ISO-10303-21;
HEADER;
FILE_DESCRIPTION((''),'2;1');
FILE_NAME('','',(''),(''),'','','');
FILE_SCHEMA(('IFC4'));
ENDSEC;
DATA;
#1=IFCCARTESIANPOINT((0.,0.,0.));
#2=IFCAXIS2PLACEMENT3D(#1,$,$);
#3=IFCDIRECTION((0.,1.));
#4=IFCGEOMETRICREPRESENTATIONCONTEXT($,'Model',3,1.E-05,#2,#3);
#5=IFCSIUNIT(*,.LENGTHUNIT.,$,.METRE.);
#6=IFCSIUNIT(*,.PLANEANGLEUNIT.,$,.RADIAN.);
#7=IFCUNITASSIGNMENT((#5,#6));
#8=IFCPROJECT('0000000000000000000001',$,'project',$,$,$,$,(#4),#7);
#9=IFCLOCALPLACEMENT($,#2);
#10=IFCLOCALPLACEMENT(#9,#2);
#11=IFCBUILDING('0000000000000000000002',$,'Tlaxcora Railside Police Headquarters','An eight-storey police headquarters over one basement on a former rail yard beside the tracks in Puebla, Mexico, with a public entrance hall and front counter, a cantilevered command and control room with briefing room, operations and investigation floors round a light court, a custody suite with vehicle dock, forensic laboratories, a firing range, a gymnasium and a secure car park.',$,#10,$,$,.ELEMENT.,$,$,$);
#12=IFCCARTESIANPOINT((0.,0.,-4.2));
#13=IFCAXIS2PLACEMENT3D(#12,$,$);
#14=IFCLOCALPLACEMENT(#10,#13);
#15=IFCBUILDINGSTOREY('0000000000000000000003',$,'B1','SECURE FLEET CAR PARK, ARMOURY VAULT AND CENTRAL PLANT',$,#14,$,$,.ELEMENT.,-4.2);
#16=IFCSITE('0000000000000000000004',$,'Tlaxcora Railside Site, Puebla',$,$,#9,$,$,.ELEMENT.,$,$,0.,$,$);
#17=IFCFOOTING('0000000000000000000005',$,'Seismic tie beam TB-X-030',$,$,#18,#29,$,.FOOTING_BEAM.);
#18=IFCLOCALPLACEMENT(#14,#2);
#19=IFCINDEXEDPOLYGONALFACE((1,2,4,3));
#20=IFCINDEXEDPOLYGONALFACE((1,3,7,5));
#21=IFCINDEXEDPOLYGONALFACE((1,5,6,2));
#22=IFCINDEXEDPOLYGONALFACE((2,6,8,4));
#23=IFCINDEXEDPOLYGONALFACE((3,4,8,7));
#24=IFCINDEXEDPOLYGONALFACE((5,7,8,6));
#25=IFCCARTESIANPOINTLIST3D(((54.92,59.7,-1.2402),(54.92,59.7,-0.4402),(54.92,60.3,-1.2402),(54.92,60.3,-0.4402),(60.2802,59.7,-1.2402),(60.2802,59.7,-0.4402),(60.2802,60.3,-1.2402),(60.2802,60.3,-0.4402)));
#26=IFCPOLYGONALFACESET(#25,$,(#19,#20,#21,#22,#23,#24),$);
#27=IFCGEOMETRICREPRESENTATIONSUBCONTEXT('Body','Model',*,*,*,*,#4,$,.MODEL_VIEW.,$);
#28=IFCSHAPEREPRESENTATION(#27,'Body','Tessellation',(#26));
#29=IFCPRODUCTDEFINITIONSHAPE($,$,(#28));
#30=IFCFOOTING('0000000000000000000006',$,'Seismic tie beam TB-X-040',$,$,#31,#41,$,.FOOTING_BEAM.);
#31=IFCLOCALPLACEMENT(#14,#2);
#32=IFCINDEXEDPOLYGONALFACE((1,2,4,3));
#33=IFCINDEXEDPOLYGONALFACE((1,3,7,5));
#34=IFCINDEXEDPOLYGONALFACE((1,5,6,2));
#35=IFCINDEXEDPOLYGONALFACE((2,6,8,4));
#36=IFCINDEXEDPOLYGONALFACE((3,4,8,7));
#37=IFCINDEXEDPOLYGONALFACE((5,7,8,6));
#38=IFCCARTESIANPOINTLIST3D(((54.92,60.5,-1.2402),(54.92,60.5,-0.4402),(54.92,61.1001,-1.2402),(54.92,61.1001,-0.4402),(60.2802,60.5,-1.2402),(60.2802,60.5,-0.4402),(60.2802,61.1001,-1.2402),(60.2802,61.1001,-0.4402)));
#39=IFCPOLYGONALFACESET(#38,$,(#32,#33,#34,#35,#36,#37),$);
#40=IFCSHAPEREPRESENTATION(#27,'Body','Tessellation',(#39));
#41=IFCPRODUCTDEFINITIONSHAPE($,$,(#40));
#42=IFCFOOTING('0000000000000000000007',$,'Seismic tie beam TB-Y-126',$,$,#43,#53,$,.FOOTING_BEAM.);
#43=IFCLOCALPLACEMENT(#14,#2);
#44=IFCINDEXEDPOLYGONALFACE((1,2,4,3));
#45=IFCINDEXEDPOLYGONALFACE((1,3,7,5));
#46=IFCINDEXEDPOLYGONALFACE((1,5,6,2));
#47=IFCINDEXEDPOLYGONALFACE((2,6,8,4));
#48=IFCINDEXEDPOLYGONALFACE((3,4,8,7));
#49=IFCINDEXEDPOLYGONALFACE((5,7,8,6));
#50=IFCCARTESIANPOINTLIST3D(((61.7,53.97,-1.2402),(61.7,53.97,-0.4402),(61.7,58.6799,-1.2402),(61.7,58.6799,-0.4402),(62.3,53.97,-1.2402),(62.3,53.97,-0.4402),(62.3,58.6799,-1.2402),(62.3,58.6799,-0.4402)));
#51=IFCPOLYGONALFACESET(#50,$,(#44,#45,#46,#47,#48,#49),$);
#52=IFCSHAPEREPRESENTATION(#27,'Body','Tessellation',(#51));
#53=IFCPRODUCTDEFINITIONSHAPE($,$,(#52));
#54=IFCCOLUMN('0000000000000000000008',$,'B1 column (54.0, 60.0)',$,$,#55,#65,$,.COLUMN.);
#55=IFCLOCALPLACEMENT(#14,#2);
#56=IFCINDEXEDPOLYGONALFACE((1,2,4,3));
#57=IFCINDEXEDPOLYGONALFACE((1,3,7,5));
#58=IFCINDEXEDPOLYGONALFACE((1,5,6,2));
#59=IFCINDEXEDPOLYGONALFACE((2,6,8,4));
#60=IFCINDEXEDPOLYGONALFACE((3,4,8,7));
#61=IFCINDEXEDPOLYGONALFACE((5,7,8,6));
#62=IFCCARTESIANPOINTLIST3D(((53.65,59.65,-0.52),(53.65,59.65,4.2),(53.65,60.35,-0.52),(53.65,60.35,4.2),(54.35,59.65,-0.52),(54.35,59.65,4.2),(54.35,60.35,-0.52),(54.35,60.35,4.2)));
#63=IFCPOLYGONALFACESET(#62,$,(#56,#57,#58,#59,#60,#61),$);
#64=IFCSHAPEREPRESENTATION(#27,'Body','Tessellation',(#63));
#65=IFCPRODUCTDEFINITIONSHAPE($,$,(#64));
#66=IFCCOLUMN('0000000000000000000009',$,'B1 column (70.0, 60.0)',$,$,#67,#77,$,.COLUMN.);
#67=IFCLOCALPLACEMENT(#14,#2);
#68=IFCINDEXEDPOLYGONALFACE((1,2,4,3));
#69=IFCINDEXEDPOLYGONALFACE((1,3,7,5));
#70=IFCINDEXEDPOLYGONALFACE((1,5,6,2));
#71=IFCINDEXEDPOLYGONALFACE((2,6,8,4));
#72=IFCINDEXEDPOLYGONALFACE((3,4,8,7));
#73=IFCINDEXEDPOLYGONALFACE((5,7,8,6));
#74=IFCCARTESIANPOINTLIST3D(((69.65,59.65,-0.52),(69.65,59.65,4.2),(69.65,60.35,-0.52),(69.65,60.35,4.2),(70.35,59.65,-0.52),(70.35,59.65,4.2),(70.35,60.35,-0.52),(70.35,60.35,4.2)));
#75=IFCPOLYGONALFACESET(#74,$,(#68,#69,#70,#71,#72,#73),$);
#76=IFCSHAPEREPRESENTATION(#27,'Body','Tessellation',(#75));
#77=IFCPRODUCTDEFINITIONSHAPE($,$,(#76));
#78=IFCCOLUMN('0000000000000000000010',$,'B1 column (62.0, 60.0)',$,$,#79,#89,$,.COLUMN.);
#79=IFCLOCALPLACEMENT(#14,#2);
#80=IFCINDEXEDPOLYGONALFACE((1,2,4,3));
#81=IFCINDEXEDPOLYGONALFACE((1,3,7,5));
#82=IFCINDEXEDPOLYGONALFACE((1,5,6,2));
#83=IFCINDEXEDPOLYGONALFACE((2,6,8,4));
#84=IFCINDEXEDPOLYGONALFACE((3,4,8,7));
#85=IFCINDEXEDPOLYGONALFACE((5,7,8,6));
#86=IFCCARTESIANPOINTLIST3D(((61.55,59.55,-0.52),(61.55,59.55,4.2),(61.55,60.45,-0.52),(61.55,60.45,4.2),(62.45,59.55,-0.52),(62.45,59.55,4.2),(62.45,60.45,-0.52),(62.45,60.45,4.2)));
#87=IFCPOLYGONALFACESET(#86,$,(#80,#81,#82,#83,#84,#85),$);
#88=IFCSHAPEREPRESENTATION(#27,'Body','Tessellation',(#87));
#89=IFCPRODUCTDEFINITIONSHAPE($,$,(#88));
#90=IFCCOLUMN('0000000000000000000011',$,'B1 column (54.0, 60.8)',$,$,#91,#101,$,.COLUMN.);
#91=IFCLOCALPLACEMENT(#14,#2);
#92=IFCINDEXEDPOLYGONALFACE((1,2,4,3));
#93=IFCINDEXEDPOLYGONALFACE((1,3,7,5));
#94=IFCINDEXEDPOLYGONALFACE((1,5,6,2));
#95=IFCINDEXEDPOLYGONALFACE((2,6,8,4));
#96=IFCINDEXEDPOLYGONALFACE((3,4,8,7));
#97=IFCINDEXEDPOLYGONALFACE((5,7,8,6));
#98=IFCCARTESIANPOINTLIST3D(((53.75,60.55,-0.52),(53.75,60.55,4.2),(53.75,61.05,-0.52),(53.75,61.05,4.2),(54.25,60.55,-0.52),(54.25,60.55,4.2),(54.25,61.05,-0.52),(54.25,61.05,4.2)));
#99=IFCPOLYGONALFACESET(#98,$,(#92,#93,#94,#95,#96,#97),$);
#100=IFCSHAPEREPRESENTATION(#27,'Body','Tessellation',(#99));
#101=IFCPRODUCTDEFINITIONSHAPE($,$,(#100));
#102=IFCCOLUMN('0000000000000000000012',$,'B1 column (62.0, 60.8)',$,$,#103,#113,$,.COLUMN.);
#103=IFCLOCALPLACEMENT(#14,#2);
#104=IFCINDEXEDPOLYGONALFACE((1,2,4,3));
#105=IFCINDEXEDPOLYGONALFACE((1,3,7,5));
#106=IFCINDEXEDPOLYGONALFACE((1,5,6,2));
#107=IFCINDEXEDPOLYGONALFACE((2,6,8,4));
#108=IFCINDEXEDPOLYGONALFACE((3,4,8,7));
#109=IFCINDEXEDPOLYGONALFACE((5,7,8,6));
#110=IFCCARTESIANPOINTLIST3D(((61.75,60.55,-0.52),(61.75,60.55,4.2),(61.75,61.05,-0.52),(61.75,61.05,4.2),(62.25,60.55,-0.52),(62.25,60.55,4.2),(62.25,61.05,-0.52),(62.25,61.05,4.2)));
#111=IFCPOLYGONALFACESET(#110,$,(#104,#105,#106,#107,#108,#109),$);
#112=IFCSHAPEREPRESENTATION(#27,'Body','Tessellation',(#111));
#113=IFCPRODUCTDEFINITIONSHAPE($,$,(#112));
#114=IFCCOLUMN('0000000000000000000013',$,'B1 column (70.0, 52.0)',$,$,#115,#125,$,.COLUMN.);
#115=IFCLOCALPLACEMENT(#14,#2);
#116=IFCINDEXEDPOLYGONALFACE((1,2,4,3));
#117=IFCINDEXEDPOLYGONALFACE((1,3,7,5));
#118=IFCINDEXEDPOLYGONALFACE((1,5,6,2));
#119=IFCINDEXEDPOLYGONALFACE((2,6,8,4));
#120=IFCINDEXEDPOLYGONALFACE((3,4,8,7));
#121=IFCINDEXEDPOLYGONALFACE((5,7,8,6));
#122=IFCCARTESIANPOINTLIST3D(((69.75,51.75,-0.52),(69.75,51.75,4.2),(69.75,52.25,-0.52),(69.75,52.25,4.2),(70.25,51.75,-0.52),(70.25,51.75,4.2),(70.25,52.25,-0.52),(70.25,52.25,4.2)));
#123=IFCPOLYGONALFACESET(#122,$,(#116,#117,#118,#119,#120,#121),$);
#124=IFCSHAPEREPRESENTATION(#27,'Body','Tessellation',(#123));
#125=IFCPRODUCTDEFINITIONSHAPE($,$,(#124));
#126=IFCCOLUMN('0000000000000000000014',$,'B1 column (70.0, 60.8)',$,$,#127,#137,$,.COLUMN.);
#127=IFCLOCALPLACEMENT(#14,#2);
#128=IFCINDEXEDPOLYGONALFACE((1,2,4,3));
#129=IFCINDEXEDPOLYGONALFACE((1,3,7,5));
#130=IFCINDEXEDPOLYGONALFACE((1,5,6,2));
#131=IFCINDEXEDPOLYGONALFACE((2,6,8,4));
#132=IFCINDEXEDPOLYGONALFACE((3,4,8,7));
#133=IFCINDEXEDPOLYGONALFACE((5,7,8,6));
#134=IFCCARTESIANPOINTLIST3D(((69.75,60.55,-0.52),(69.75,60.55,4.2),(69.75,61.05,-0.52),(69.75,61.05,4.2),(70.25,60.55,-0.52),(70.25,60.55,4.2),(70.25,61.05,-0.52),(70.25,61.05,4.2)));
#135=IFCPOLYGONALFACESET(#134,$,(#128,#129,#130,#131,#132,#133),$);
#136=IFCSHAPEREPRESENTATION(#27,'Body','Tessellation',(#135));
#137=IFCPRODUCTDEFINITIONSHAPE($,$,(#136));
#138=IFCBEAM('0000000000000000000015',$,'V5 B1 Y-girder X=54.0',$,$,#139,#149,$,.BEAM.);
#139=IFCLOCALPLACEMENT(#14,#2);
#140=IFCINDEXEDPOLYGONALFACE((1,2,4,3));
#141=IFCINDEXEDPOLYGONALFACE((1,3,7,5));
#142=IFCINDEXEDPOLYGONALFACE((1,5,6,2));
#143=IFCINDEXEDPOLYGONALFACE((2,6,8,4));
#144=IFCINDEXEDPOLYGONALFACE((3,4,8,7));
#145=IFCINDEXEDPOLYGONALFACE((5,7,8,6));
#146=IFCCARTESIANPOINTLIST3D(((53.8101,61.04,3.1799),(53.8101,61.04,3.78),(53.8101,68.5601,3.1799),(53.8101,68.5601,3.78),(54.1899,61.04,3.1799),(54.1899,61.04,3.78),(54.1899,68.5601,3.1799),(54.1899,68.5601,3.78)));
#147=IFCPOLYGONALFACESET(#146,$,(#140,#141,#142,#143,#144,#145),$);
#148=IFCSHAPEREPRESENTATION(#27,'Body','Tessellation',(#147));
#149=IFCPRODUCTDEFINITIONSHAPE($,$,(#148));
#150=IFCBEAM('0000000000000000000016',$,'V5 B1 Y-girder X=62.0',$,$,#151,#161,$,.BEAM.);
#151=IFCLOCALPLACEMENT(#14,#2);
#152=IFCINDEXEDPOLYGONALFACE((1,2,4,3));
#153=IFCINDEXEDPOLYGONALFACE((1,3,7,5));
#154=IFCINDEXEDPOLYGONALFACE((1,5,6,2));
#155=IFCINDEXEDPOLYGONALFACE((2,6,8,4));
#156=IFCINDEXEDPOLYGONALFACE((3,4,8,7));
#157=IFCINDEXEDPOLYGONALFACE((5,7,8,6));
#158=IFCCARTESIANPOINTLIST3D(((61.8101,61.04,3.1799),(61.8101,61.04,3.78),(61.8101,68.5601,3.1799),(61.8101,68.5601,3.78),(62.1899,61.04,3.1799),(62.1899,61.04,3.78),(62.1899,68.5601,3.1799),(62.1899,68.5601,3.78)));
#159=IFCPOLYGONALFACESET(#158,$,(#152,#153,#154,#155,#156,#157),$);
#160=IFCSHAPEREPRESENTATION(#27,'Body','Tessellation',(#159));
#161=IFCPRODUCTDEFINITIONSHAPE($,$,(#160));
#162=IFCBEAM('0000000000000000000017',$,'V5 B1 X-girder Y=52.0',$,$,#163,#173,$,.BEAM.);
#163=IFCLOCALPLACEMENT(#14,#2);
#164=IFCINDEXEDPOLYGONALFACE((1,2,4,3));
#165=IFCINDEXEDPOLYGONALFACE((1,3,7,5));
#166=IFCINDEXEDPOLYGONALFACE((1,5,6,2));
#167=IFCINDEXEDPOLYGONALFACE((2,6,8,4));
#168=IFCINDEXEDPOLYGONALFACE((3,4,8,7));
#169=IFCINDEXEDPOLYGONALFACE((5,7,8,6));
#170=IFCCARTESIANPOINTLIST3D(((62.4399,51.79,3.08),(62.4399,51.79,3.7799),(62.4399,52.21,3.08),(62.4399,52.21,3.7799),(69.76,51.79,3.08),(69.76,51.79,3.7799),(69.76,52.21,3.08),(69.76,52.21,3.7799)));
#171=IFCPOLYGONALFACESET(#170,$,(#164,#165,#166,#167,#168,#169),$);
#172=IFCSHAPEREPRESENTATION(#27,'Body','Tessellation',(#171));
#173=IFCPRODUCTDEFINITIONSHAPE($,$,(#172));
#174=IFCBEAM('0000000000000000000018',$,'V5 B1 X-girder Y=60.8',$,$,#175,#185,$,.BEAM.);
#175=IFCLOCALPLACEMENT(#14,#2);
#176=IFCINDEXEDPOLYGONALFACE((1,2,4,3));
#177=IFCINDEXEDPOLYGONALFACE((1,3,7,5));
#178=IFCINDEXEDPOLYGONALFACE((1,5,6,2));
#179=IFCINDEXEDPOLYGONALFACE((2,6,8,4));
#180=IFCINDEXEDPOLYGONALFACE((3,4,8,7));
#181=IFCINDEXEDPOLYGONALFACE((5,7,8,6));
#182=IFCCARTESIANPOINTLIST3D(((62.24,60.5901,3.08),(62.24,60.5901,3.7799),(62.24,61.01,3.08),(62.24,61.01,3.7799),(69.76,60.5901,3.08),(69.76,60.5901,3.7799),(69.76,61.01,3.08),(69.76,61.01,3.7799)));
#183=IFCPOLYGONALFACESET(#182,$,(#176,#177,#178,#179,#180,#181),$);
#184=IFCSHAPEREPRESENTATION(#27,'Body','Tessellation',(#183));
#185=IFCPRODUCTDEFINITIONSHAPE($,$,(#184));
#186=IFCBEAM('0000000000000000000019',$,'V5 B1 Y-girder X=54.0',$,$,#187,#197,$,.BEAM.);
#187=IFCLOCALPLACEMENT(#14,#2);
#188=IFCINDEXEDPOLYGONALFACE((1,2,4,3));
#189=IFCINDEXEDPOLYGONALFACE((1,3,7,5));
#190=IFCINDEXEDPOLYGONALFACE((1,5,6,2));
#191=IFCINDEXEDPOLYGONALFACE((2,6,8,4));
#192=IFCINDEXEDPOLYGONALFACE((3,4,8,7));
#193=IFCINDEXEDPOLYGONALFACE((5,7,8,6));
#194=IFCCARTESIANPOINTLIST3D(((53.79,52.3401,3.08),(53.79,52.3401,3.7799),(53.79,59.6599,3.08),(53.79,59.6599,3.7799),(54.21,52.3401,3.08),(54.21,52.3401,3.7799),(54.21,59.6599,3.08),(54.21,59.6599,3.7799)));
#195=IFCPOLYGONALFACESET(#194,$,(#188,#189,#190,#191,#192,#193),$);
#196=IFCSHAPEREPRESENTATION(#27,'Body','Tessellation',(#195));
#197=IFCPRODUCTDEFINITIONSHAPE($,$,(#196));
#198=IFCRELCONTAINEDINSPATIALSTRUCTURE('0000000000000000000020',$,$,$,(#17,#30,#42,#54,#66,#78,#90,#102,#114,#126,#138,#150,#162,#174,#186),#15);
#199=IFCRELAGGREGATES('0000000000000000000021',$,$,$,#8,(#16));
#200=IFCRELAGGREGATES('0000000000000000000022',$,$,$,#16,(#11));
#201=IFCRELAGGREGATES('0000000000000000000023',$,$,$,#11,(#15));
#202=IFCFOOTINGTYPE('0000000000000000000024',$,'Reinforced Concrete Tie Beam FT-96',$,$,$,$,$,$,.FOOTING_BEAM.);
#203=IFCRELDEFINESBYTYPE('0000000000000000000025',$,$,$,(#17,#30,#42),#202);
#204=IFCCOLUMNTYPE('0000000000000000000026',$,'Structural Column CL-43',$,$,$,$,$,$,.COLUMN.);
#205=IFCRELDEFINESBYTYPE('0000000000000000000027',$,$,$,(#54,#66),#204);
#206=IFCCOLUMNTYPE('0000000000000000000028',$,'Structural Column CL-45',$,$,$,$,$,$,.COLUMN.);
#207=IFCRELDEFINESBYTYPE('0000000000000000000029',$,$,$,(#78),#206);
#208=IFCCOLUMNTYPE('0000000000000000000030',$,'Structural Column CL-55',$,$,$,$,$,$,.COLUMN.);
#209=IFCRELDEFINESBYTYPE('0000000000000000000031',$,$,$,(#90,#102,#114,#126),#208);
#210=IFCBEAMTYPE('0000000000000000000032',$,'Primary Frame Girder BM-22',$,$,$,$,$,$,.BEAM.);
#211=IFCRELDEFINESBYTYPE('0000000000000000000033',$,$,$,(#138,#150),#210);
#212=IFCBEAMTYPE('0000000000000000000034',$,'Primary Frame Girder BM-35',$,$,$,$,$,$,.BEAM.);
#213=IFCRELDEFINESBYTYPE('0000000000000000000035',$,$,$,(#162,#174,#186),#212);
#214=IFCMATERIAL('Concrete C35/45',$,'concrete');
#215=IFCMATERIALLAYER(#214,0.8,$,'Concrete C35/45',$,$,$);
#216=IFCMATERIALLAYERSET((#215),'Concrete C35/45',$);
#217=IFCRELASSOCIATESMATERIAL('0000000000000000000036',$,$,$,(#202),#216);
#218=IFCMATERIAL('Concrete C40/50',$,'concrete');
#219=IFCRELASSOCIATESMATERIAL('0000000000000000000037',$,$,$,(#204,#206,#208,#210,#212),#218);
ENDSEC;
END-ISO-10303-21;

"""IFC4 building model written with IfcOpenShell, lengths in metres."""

from ifc_helpers import new_model, si_unit, direction, frame, origin, origin_2d, place, context, subcontext, project, spatial, rectangle, extrude, material, layer, layer_set, material_profile, profile_set, type_object, element, save


model = new_model("IFC4")

# Units and contexts
model_context = context("Model", 3, precision=1e-05, world=origin(), true_north=direction((0.0, 1.0)))
body_context = subcontext(model_context, "Body", "Model", "MODEL_VIEW")
ifc_project = project(units=[si_unit("LENGTHUNIT", "METRE"), si_unit("PLANEANGLEUNIT", "RADIAN")], contexts=[model_context])

# Site, building, storey
site_placement = place(None, origin())
site = spatial("IfcSite", under=ifc_project, at=site_placement, Name="Tlaxcora Railside Site, Puebla", CompositionType="ELEMENT", RefElevation=0.0)
building_placement = place(site_placement, origin())
building = spatial("IfcBuilding", under=site, at=building_placement, Name="Tlaxcora Railside Police Headquarters", Description="An eight-storey police headquarters over one basement on a former rail yard beside the tracks in Puebla, Mexico, with a public entrance hall and front counter, a cantilevered command and control room with briefing room, operations and investigation floors round a light court, a custody suite with vehicle dock, forensic laboratories, a firing range, a gymnasium and a secure car park.", CompositionType="ELEMENT")
storey_placement = place(building_placement, frame((0.0, 0.0, -4.2)))
storey = spatial("IfcBuildingStorey", under=building, at=storey_placement, Name="B1", Description="SECURE FLEET CAR PARK, ARMOURY VAULT AND CENTRAL PLANT", CompositionType="ELEMENT", Elevation=-4.2)

# Shared definitions
ifc_material_1 = material(Name="Concrete C35/45", Category="concrete")

# Footings
ifc_material_2 = material(Name="Concrete C40/50", Category="concrete")
ifc_layer_1 = layer(ifc_material_1, 0.8, Name="Concrete C35/45")
ifc_layer_set_1 = layer_set([ifc_layer_1], Name="Concrete C35/45")
footing_type_1 = type_object("IfcFootingType", Name="Reinforced Concrete Tie Beam FT-96", PredefinedType="FOOTING_BEAM", material=ifc_layer_set_1)
for number, where, z_axis, x_axis, name in (
    (1, (57.6001, 60.0, -1.2402), (0.0, 0.0, 1.0), (1.0, 0.0, 0.0), "Seismic tie beam TB-X-030"),
    (2, (57.6001, 60.8, -1.2402), (0.0, 0.0, 1.0), (1.0, 0.0, 0.0), "Seismic tie beam TB-X-040"),
):
    element("IfcFooting", number, at=place(storey_placement, frame(where, z_axis=z_axis, x_axis=x_axis)), inside=storey, type_object=footing_type_1, Name=name, PredefinedType="FOOTING_BEAM", context=body_context, shape_type="SweptSolid", body=[
        extrude(rectangle(XDim=5.3601, YDim=0.6001, at=origin_2d()), origin(), (0.0, 0.0, 1.0), 0.8),
    ])
footing_1_placement = place(storey_placement, frame((62.0, 56.325, -1.2402), z_axis=(0.0, 0.0, 1.0), x_axis=(0.0, 1.0, 0.0)))
element("IfcFooting", 3, at=footing_1_placement, inside=storey, type_object=footing_type_1, Name="Seismic tie beam TB-Y-126", PredefinedType="FOOTING_BEAM", context=body_context, shape_type="SweptSolid", body=[
    extrude(rectangle(XDim=4.71, YDim=0.6001, at=origin_2d()), origin(), (0.0, 0.0, 1.0), 0.8),
])

# Columns
ifc_material_profile_1 = material_profile(ifc_material_2, rectangle(XDim=0.7, YDim=0.7, at=origin_2d()), Name="RC700X700")
ifc_profile_set_1 = profile_set([ifc_material_profile_1], Name="Concrete C40/50")
column_type_1 = type_object("IfcColumnType", Name="Structural Column CL-43", PredefinedType="COLUMN", material=ifc_profile_set_1)
for number, where, z_axis, x_axis, name in (
    (4, (54.0, 60.0, -0.52), (0.0, 0.0, 1.0), (1.0, 0.0, 0.0), "B1 column (54.0, 60.0)"),
    (5, (70.0, 60.0, -0.52), (0.0, 0.0, 1.0), (1.0, 0.0, 0.0), "B1 column (70.0, 60.0)"),
):
    element("IfcColumn", number, at=place(storey_placement, frame(where, z_axis=z_axis, x_axis=x_axis)), inside=storey, type_object=column_type_1, Name=name, PredefinedType="COLUMN", context=body_context, shape_type="SweptSolid", body=[
        extrude(rectangle(XDim=0.7, YDim=0.7, at=origin_2d()), origin(), (0.0, 0.0, 1.0), 4.72),
    ])
ifc_material_profile_2 = material_profile(ifc_material_2, rectangle(XDim=0.8999, YDim=0.8999, at=origin_2d()), Name="RC900X900")
ifc_profile_set_2 = profile_set([ifc_material_profile_2], Name="Concrete C40/50")
column_type_2 = type_object("IfcColumnType", Name="Structural Column CL-45", PredefinedType="COLUMN", material=ifc_profile_set_2)
column_placement = place(storey_placement, frame((62.0, 60.0, -0.52), z_axis=(0.0, 0.0, 1.0), x_axis=(1.0, 0.0, 0.0)))
element("IfcColumn", 6, at=column_placement, inside=storey, type_object=column_type_2, Name="B1 column (62.0, 60.0)", PredefinedType="COLUMN", context=body_context, shape_type="SweptSolid", body=[
    extrude(rectangle(XDim=0.8999, YDim=0.8999, at=origin_2d()), origin(), (0.0, 0.0, 1.0), 4.72),
])
ifc_material_profile_3 = material_profile(ifc_material_2, rectangle(XDim=0.5, YDim=0.5, at=origin_2d()), Name="RC500X500")
ifc_profile_set_3 = profile_set([ifc_material_profile_3], Name="Concrete C40/50")
column_type_3 = type_object("IfcColumnType", Name="Structural Column CL-55", PredefinedType="COLUMN", material=ifc_profile_set_3)
for number, where, z_axis, x_axis, name in (
    (7, (54.0, 60.8, -0.52), (0.0, 0.0, 1.0), (1.0, 0.0, 0.0), "B1 column (54.0, 60.8)"),
    (8, (62.0, 60.8, -0.52), (0.0, 0.0, 1.0), (1.0, 0.0, 0.0), "B1 column (62.0, 60.8)"),
    (9, (70.0, 52.0, -0.52), (0.0, 0.0, 1.0), (1.0, 0.0, 0.0), "B1 column (70.0, 52.0)"),
    (10, (70.0, 60.8, -0.52), (0.0, 0.0, 1.0), (1.0, 0.0, 0.0), "B1 column (70.0, 60.8)"),
):
    element("IfcColumn", number, at=place(storey_placement, frame(where, z_axis=z_axis, x_axis=x_axis)), inside=storey, type_object=column_type_3, Name=name, PredefinedType="COLUMN", context=body_context, shape_type="SweptSolid", body=[
        extrude(rectangle(XDim=0.5, YDim=0.5, at=origin_2d()), origin(), (0.0, 0.0, 1.0), 4.72),
    ])

# Beams
ifc_material_profile_4 = material_profile(ifc_material_2, rectangle(XDim=0.3799, YDim=0.6001, at=origin_2d()), Name="RC380X600")
ifc_profile_set_4 = profile_set([ifc_material_profile_4], Name="Concrete C40/50")
beam_type_1 = type_object("IfcBeamType", Name="Primary Frame Girder BM-22", PredefinedType="BEAM", material=ifc_profile_set_4)
for number, where, z_axis, x_axis, name in (
    (11, (54.0, 61.04, 3.48), (0.0, 1.0, 0.0), (-1.0, 0.0, 0.0), "V5 B1 Y-girder X=54.0"),
    (12, (62.0, 61.04, 3.48), (0.0, 1.0, 0.0), (-1.0, 0.0, 0.0), "V5 B1 Y-girder X=62.0"),
):
    element("IfcBeam", number, at=place(storey_placement, frame(where, z_axis=z_axis, x_axis=x_axis)), inside=storey, type_object=beam_type_1, Name=name, PredefinedType="BEAM", context=body_context, shape_type="SweptSolid", body=[
        extrude(rectangle(XDim=0.3799, YDim=0.6001, at=origin_2d()), origin(), (0.0, 0.0, 1.0), 7.52),
    ])
ifc_material_profile_5 = material_profile(ifc_material_2, rectangle(XDim=0.4199, YDim=0.7, at=origin_2d()), Name="RC420X700")
ifc_profile_set_5 = profile_set([ifc_material_profile_5], Name="Concrete C40/50")
beam_type_2 = type_object("IfcBeamType", Name="Primary Frame Girder BM-35", PredefinedType="BEAM", material=ifc_profile_set_5)
beam_1_placement = place(storey_placement, frame((62.4399, 52.0, 3.4299), z_axis=(1.0, 0.0, 0.0), x_axis=(0.0, 1.0, 0.0)))
element("IfcBeam", 13, at=beam_1_placement, inside=storey, type_object=beam_type_2, Name="V5 B1 X-girder Y=52.0", PredefinedType="BEAM", context=body_context, shape_type="SweptSolid", body=[
    extrude(rectangle(XDim=0.4199, YDim=0.7, at=origin_2d()), origin(), (0.0, 0.0, 1.0), 7.3201),
])
beam_2_placement = place(storey_placement, frame((62.24, 60.8, 3.4299), z_axis=(1.0, 0.0, 0.0), x_axis=(0.0, 1.0, 0.0)))
element("IfcBeam", 14, at=beam_2_placement, inside=storey, type_object=beam_type_2, Name="V5 B1 X-girder Y=60.8", PredefinedType="BEAM", context=body_context, shape_type="SweptSolid", body=[
    extrude(rectangle(XDim=0.4199, YDim=0.7, at=origin_2d()), origin(), (0.0, 0.0, 1.0), 7.52),
])
beam_3_placement = place(storey_placement, frame((54.0, 52.3401, 3.4299), z_axis=(0.0, 1.0, 0.0), x_axis=(-1.0, 0.0, 0.0)))
element("IfcBeam", 15, at=beam_3_placement, inside=storey, type_object=beam_type_2, Name="V5 B1 Y-girder X=54.0", PredefinedType="BEAM", context=body_context, shape_type="SweptSolid", body=[
    extrude(rectangle(XDim=0.4199, YDim=0.7, at=origin_2d()), origin(), (0.0, 0.0, 1.0), 7.3198),
])

save(model, "model.ifc")
